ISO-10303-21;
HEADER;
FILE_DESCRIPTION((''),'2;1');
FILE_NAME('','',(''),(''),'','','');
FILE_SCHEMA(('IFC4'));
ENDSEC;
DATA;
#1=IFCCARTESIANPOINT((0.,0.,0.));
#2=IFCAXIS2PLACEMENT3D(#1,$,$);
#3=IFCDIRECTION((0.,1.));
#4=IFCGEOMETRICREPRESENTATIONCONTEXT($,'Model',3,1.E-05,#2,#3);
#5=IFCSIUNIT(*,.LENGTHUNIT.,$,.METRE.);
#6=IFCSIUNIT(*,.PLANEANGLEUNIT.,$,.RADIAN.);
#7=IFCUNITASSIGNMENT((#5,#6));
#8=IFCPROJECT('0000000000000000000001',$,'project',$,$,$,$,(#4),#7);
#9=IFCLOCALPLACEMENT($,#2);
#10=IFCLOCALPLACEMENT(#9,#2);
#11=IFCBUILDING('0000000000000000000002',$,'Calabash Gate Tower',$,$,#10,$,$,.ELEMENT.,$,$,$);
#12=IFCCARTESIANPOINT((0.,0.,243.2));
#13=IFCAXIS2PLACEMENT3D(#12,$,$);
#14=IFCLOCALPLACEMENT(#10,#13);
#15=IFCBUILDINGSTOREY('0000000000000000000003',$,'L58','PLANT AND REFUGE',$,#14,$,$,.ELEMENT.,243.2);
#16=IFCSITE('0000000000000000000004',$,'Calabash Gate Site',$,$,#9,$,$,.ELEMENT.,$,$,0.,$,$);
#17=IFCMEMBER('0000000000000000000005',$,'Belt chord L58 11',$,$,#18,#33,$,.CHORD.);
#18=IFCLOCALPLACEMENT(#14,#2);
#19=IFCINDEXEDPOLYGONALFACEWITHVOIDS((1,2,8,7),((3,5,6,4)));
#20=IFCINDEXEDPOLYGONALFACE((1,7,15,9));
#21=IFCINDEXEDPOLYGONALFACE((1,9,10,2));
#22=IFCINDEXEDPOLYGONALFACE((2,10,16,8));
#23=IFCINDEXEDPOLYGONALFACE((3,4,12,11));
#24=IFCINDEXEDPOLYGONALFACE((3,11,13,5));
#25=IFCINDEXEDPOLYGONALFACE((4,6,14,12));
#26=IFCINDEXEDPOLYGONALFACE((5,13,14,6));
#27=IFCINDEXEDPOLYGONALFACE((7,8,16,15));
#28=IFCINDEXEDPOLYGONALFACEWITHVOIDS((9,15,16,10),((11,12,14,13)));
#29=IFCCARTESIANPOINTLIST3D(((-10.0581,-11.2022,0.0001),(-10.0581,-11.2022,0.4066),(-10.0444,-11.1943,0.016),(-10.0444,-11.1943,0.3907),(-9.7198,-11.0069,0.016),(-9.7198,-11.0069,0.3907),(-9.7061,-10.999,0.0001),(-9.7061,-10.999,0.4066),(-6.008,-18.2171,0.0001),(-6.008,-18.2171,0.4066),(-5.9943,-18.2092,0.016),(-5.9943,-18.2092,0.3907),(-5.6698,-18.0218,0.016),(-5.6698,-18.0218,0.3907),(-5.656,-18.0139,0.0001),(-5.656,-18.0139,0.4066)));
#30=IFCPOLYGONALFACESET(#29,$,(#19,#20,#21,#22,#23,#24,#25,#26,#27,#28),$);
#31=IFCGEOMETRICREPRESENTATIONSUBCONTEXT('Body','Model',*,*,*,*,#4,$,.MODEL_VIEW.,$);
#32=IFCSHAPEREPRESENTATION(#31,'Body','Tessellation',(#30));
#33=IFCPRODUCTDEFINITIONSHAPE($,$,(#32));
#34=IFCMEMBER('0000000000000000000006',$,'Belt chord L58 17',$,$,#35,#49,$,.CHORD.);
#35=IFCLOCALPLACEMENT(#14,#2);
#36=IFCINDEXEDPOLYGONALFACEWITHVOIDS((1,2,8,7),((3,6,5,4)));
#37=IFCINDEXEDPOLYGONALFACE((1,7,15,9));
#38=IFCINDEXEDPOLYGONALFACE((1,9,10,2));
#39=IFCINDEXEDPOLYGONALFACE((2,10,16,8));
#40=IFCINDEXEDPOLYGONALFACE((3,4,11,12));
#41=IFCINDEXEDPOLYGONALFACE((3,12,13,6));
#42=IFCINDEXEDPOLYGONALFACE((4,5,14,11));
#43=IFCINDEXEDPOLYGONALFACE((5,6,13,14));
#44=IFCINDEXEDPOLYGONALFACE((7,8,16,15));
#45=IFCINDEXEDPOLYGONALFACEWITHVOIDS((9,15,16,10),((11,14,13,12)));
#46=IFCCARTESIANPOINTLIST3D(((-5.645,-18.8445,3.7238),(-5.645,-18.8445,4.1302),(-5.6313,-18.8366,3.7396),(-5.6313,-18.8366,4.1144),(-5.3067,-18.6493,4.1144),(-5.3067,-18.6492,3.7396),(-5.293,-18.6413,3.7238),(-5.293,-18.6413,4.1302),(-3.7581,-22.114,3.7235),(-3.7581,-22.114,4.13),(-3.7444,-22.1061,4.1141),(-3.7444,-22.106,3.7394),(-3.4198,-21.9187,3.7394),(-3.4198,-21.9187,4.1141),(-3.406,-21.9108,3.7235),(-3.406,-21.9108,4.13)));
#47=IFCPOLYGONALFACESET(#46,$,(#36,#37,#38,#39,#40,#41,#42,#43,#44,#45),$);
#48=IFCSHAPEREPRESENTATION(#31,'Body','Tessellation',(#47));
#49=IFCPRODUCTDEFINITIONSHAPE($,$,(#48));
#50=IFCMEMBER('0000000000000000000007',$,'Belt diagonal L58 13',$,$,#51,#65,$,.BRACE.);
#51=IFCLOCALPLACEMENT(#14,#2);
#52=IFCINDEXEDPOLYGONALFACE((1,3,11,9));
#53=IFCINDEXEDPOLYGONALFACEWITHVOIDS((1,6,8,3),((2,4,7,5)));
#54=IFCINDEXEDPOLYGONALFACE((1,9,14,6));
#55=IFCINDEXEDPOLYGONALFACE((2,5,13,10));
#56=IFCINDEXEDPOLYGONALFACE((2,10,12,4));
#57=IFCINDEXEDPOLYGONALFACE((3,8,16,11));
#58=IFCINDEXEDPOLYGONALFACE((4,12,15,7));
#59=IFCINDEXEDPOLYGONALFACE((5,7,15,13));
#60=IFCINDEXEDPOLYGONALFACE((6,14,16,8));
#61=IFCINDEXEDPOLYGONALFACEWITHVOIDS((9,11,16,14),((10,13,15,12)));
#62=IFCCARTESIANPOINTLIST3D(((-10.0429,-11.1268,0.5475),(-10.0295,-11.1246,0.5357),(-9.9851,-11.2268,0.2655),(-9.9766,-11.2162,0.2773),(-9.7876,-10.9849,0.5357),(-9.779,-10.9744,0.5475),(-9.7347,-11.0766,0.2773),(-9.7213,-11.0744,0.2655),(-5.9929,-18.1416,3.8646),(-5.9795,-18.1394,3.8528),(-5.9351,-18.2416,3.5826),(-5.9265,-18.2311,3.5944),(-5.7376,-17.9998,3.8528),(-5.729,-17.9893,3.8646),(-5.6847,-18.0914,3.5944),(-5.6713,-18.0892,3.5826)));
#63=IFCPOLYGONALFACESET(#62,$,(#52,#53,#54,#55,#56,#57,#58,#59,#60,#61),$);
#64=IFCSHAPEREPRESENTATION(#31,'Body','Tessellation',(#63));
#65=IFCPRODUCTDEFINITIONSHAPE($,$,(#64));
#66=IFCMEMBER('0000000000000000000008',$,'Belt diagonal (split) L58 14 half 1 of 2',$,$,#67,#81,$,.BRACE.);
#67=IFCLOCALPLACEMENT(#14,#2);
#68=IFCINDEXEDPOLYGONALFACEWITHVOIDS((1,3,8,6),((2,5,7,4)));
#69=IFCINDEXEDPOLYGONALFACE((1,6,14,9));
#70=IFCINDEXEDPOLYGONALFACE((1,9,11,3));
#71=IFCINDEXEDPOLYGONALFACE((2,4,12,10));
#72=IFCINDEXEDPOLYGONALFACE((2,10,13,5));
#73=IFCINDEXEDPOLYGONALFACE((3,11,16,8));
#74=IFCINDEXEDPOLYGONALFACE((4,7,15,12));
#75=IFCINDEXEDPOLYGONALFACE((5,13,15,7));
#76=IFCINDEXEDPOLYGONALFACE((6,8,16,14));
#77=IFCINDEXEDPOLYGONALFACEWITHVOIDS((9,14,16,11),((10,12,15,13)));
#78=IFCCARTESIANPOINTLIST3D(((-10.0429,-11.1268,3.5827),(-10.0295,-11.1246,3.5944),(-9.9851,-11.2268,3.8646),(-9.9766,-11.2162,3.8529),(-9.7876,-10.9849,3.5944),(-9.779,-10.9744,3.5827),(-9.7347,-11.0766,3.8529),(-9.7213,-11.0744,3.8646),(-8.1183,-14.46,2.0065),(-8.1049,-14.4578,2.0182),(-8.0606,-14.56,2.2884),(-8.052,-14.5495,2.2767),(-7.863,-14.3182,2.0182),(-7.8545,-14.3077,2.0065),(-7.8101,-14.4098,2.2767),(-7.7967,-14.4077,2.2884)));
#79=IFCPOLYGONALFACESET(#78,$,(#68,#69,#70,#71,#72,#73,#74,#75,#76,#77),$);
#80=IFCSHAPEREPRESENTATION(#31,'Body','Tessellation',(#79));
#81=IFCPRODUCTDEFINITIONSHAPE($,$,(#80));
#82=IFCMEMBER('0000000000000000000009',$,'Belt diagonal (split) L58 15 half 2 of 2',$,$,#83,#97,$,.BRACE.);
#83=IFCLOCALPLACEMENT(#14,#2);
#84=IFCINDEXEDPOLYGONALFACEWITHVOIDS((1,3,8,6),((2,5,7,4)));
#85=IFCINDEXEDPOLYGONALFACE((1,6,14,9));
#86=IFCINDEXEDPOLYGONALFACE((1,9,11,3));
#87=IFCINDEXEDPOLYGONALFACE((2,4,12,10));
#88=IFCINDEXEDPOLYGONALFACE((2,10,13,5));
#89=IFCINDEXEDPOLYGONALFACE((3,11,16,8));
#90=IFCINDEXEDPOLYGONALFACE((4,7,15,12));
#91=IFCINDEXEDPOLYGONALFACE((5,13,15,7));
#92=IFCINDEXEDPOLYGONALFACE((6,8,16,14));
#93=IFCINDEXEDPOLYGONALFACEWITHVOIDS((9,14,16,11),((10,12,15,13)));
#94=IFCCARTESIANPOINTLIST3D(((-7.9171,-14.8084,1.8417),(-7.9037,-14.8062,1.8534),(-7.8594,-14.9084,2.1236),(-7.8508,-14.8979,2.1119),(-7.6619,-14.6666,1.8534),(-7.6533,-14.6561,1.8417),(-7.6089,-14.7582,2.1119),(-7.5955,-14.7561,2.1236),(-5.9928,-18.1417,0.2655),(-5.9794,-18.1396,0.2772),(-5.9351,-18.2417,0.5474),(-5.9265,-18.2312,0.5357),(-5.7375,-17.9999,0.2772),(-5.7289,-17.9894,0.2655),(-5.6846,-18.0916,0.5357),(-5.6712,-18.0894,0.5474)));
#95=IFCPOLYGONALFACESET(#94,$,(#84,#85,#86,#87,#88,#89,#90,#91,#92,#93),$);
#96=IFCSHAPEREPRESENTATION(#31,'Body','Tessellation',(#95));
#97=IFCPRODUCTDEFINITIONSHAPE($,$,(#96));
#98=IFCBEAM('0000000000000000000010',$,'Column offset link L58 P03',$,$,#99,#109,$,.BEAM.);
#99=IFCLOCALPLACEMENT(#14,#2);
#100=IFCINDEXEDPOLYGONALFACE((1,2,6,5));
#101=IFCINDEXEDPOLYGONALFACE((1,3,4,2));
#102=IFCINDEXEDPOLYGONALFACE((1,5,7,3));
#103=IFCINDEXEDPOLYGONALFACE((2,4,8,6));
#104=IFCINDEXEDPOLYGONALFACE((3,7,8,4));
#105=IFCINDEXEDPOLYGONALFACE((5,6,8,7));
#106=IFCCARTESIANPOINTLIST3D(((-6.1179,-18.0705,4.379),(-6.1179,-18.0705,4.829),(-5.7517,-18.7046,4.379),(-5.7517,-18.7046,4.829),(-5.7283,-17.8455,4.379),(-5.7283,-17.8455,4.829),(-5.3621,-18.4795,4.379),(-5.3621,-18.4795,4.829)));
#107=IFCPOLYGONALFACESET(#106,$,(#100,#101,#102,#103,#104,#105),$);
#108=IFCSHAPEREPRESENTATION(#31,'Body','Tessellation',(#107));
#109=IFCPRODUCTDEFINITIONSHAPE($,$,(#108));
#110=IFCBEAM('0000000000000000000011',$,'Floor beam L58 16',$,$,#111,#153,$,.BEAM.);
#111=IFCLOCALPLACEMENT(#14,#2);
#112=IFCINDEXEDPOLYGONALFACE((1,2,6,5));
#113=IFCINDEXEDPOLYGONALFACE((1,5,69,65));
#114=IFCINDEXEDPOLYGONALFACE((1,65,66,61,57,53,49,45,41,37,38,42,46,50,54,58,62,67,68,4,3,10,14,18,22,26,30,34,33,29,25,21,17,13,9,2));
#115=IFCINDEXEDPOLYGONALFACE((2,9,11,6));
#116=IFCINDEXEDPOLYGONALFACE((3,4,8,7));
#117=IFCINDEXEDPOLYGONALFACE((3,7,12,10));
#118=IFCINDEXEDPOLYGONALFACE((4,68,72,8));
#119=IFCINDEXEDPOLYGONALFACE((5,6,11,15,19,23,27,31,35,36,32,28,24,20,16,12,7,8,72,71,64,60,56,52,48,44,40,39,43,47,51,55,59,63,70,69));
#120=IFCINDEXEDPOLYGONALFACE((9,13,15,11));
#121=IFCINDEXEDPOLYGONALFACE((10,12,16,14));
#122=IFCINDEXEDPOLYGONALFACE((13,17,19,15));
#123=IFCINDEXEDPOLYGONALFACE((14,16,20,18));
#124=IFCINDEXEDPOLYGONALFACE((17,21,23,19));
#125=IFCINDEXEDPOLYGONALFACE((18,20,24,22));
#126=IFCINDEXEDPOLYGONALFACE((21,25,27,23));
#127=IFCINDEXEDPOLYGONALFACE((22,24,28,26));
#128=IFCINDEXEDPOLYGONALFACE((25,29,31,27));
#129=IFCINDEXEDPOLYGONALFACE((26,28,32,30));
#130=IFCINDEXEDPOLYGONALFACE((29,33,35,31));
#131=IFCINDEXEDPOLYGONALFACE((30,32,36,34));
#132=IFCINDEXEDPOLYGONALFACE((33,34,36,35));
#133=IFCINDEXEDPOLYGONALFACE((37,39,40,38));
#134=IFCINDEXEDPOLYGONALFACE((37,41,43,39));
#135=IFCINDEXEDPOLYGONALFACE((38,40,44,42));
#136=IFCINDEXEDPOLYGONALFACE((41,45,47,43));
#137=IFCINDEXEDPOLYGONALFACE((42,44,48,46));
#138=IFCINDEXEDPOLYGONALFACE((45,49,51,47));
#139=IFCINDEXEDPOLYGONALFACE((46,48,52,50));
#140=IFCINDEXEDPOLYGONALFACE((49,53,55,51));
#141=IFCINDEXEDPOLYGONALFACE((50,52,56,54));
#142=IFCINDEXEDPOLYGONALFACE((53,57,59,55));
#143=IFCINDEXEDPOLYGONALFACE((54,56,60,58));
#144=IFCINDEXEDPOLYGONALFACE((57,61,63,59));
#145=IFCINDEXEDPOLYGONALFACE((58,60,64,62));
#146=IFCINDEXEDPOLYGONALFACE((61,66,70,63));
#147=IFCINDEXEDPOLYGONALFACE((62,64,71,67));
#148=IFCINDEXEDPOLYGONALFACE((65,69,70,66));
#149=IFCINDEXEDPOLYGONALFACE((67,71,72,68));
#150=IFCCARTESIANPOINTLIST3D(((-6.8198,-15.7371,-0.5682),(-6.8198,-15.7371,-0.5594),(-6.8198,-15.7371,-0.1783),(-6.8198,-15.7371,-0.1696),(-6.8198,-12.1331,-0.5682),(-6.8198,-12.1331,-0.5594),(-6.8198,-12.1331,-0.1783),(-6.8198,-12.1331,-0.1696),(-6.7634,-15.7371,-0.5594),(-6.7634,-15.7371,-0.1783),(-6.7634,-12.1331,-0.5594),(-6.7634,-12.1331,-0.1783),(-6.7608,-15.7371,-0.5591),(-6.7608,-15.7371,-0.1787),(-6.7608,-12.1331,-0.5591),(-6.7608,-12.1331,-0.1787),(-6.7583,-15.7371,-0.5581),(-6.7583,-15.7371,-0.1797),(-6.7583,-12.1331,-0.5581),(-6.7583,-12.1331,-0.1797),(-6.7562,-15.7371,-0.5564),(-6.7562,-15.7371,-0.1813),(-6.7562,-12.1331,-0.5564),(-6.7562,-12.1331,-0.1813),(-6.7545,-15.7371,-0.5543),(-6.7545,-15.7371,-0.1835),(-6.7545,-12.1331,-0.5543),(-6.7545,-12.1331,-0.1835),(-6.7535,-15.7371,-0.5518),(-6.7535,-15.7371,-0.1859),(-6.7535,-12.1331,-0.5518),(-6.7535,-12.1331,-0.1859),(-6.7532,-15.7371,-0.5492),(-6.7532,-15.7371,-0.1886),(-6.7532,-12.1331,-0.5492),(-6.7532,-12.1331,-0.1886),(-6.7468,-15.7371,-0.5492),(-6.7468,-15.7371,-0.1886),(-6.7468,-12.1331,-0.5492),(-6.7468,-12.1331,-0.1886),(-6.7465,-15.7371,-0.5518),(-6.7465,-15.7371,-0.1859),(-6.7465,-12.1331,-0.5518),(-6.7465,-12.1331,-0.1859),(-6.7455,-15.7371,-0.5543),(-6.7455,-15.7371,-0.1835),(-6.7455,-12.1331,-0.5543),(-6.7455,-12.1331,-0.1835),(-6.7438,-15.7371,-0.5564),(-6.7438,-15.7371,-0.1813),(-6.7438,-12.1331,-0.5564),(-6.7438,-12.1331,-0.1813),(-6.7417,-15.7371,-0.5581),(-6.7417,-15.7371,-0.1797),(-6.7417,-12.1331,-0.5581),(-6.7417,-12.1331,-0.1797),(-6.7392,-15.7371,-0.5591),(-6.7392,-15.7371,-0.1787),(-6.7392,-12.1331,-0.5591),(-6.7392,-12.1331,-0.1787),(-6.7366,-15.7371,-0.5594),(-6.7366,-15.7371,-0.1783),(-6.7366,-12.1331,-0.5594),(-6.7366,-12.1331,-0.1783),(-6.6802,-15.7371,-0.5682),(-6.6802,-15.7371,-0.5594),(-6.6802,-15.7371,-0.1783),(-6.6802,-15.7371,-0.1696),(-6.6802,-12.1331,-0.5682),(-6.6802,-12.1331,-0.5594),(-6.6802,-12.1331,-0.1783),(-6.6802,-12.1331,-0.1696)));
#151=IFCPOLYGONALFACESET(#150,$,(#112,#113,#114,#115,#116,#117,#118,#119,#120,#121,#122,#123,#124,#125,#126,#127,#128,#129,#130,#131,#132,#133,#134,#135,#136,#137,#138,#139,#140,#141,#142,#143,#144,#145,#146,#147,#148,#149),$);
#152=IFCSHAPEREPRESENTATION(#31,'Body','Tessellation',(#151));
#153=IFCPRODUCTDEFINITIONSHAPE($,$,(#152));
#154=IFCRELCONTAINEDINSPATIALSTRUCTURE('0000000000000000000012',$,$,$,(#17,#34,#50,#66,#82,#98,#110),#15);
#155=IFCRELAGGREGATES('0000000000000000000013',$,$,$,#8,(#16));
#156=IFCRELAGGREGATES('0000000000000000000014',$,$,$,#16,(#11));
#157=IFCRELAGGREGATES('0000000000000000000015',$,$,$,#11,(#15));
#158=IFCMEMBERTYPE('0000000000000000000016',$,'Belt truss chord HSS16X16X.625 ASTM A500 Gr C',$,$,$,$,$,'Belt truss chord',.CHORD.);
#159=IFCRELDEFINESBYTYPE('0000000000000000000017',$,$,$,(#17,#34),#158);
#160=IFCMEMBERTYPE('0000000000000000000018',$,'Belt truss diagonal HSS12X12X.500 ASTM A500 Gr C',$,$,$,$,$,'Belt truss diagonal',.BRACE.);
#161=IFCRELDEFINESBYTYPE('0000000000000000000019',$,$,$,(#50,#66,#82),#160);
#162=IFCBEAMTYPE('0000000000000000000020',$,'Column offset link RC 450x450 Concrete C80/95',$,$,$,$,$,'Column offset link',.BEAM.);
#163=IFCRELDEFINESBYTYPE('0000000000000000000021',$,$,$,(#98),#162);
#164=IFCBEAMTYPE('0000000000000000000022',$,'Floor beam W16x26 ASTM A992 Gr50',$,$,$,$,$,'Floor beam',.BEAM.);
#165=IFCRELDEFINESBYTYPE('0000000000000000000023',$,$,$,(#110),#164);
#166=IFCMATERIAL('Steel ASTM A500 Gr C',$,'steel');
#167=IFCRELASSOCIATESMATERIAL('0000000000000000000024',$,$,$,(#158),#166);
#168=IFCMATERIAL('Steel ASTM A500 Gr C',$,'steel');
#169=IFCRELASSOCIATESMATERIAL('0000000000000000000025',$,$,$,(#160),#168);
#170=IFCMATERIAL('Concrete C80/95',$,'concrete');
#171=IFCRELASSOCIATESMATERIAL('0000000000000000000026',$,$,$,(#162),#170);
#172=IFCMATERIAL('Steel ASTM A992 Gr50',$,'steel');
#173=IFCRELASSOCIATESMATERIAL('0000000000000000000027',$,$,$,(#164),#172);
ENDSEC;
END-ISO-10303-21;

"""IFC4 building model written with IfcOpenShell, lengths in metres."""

from ifc_helpers import new_model, si_unit, direction, frame, origin, origin_2d, place, context, subcontext, project, spatial, rectangle, hollow_rectangle, i_section, extrude, material, material_profile, profile_set, type_object, element, save


model = new_model("IFC4")

# Units and contexts
model_context = context("Model", 3, precision=1e-05, world=origin(), true_north=direction((0.0, 1.0)))
body_context = subcontext(model_context, "Body", "Model", "MODEL_VIEW")
ifc_project = project(units=[si_unit("LENGTHUNIT", "METRE"), si_unit("PLANEANGLEUNIT", "RADIAN")], contexts=[model_context])

# Site, building, storey
site_placement = place(None, origin())
site = spatial("IfcSite", under=ifc_project, at=site_placement, Name="Calabash Gate Site", CompositionType="ELEMENT", RefElevation=0.0)
building_placement = place(site_placement, origin())
building = spatial("IfcBuilding", under=site, at=building_placement, Name="Calabash Gate Tower", CompositionType="ELEMENT")
storey_placement = place(building_placement, frame((0.0, 0.0, 243.2)))
storey = spatial("IfcBuildingStorey", under=building, at=storey_placement, Name="L58", Description="PLANT AND REFUGE", CompositionType="ELEMENT", Elevation=243.2)

# Members
ifc_material_1 = material(Name="Steel ASTM A500 Gr C", Category="steel")
ifc_material_profile_1 = material_profile(ifc_material_1, hollow_rectangle(XDim=0.4065, YDim=0.4065, WallThickness=0.0159, at=origin_2d()))
ifc_profile_set_1 = profile_set([ifc_material_profile_1], Name="Steel ASTM A500 Gr C")
member_type_1 = type_object("IfcMemberType", Name="Belt truss chord HSS16X16X.625 ASTM A500 Gr C", ElementType="Belt truss chord", PredefinedType="CHORD", material=ifc_profile_set_1)
member_1_placement = place(storey_placement, frame((-9.8821, -11.1006, 0.2034), z_axis=(0.5, -0.866025, 0.0), x_axis=(0.866025, 0.5, 0.0)))
element("IfcMember", 1, at=member_1_placement, inside=storey, type_object=member_type_1, Name="Belt chord L58 11", PredefinedType="CHORD", context=body_context, shape_type="SweptSolid", body=[
    extrude(hollow_rectangle(XDim=0.4065, YDim=0.4065, WallThickness=0.0159, at=origin_2d()), origin(), (0.0, 0.0, 1.0), 8.1001),
])
member_2_placement = place(storey_placement, frame((-5.469, -18.7429, 3.927), z_axis=(0.499861, -0.866106, -0.000065), x_axis=(0.866106, 0.499861, 0.0)))
element("IfcMember", 2, at=member_2_placement, inside=storey, type_object=member_type_1, Name="Belt chord L58 17", PredefinedType="CHORD", context=body_context, shape_type="SweptSolid", body=[
    extrude(hollow_rectangle(XDim=0.4065, YDim=0.4065, WallThickness=0.0159, at=origin_2d()), origin(), (0.0, 0.0, 1.0), 3.7749),
])
ifc_material_2 = material(Name="Steel ASTM A500 Gr C", Category="steel")
ifc_material_profile_2 = material_profile(ifc_material_2, hollow_rectangle(XDim=0.3047, YDim=0.3047, WallThickness=0.0127, at=origin_2d()))
ifc_profile_set_2 = profile_set([ifc_material_profile_2], Name="Steel ASTM A500 Gr C")
member_type_2 = type_object("IfcMemberType", Name="Belt truss diagonal HSS12X12X.500 ASTM A500 Gr C", ElementType="Belt truss diagonal", PredefinedType="BRACE", material=ifc_profile_set_2)
member_3_placement = place(storey_placement, frame((-9.8821, -11.1006, 0.4065), z_axis=(0.462704, -0.801427, 0.378972), x_axis=(0.866025, 0.5, 0.0)))
element("IfcMember", 3, at=member_3_placement, inside=storey, type_object=member_type_2, Name="Belt diagonal L58 13", PredefinedType="BRACE", context=body_context, shape_type="SweptSolid", body=[
    extrude(hollow_rectangle(XDim=0.3047, YDim=0.3047, WallThickness=0.0127, at=origin_2d()), origin(), (0.0, 0.0, 1.0), 8.7529),
])
for number, where, z_axis, x_axis, name in (
    (4, (-9.8821, -11.1006, 3.7236), (0.462725, -0.80142, -0.378962), (0.866013, 0.500021, 0.0), "Belt diagonal (split) L58 14 half 1 of 2"),
    (5, (-7.7563, -14.7822, 1.9827), (0.462679, -0.801441, -0.378972), (0.866041, 0.499973, 0.0), "Belt diagonal (split) L58 15 half 2 of 2"),
):
    element("IfcMember", number, at=place(storey_placement, frame(where, z_axis=z_axis, x_axis=x_axis)), inside=storey, type_object=member_type_2, Name=name, PredefinedType="BRACE", context=body_context, shape_type="SweptSolid", body=[
        extrude(hollow_rectangle(XDim=0.3047, YDim=0.3047, WallThickness=0.0127, at=origin_2d()), origin(), (0.0, 0.0, 1.0), 4.1592),
    ])

# Beams
ifc_material_3 = material(Name="Concrete C80/95", Category="concrete")
ifc_material_profile_3 = material_profile(ifc_material_3, rectangle(XDim=0.45, YDim=0.45, at=origin_2d()))
ifc_profile_set_3 = profile_set([ifc_material_profile_3], Name="Concrete C80/95")
beam_type_1 = type_object("IfcBeamType", Name="Column offset link RC 450x450 Concrete C80/95", ElementType="Column offset link", PredefinedType="BEAM", material=ifc_profile_set_3)
beam_1_placement = place(storey_placement, frame((-5.5569, -18.592, 4.604), z_axis=(-0.500155, 0.865936, 0.0), x_axis=(-0.865936, -0.500155, 0.0)))
element("IfcBeam", 6, at=beam_1_placement, inside=storey, type_object=beam_type_1, Name="Column offset link L58 P03", PredefinedType="BEAM", context=body_context, shape_type="SweptSolid", body=[
    extrude(rectangle(XDim=0.45, YDim=0.45, at=origin_2d()), origin(), (0.0, 0.0, 1.0), 0.7322),
])
ifc_material_4 = material(Name="Steel ASTM A992 Gr50", Category="steel")
ifc_material_profile_4 = material_profile(ifc_material_4, i_section(OverallWidth=0.1396, OverallDepth=0.3987, WebThickness=0.0063, FlangeThickness=0.0088, FilletRadius=0.0103, at=origin_2d()))
ifc_profile_set_4 = profile_set([ifc_material_profile_4], Name="Steel ASTM A992 Gr50")
beam_type_2 = type_object("IfcBeamType", Name="Floor beam W16x26 ASTM A992 Gr50", ElementType="Floor beam", PredefinedType="BEAM", material=ifc_profile_set_4)
beam_2_placement = place(storey_placement, frame((-6.75, -15.7371, -0.3689), z_axis=(0.0, 1.0, 0.0), x_axis=(-1.0, 0.0, 0.0)))
element("IfcBeam", 7, at=beam_2_placement, inside=storey, type_object=beam_type_2, Name="Floor beam L58 16", PredefinedType="BEAM", context=body_context, shape_type="SweptSolid", body=[
    extrude(i_section(OverallWidth=0.1396, OverallDepth=0.3987, WebThickness=0.0063, FlangeThickness=0.0088, FilletRadius=0.0103, at=origin_2d()), origin(), (0.0, 0.0, 1.0), 3.604),
])

save(model, "model.ifc")
